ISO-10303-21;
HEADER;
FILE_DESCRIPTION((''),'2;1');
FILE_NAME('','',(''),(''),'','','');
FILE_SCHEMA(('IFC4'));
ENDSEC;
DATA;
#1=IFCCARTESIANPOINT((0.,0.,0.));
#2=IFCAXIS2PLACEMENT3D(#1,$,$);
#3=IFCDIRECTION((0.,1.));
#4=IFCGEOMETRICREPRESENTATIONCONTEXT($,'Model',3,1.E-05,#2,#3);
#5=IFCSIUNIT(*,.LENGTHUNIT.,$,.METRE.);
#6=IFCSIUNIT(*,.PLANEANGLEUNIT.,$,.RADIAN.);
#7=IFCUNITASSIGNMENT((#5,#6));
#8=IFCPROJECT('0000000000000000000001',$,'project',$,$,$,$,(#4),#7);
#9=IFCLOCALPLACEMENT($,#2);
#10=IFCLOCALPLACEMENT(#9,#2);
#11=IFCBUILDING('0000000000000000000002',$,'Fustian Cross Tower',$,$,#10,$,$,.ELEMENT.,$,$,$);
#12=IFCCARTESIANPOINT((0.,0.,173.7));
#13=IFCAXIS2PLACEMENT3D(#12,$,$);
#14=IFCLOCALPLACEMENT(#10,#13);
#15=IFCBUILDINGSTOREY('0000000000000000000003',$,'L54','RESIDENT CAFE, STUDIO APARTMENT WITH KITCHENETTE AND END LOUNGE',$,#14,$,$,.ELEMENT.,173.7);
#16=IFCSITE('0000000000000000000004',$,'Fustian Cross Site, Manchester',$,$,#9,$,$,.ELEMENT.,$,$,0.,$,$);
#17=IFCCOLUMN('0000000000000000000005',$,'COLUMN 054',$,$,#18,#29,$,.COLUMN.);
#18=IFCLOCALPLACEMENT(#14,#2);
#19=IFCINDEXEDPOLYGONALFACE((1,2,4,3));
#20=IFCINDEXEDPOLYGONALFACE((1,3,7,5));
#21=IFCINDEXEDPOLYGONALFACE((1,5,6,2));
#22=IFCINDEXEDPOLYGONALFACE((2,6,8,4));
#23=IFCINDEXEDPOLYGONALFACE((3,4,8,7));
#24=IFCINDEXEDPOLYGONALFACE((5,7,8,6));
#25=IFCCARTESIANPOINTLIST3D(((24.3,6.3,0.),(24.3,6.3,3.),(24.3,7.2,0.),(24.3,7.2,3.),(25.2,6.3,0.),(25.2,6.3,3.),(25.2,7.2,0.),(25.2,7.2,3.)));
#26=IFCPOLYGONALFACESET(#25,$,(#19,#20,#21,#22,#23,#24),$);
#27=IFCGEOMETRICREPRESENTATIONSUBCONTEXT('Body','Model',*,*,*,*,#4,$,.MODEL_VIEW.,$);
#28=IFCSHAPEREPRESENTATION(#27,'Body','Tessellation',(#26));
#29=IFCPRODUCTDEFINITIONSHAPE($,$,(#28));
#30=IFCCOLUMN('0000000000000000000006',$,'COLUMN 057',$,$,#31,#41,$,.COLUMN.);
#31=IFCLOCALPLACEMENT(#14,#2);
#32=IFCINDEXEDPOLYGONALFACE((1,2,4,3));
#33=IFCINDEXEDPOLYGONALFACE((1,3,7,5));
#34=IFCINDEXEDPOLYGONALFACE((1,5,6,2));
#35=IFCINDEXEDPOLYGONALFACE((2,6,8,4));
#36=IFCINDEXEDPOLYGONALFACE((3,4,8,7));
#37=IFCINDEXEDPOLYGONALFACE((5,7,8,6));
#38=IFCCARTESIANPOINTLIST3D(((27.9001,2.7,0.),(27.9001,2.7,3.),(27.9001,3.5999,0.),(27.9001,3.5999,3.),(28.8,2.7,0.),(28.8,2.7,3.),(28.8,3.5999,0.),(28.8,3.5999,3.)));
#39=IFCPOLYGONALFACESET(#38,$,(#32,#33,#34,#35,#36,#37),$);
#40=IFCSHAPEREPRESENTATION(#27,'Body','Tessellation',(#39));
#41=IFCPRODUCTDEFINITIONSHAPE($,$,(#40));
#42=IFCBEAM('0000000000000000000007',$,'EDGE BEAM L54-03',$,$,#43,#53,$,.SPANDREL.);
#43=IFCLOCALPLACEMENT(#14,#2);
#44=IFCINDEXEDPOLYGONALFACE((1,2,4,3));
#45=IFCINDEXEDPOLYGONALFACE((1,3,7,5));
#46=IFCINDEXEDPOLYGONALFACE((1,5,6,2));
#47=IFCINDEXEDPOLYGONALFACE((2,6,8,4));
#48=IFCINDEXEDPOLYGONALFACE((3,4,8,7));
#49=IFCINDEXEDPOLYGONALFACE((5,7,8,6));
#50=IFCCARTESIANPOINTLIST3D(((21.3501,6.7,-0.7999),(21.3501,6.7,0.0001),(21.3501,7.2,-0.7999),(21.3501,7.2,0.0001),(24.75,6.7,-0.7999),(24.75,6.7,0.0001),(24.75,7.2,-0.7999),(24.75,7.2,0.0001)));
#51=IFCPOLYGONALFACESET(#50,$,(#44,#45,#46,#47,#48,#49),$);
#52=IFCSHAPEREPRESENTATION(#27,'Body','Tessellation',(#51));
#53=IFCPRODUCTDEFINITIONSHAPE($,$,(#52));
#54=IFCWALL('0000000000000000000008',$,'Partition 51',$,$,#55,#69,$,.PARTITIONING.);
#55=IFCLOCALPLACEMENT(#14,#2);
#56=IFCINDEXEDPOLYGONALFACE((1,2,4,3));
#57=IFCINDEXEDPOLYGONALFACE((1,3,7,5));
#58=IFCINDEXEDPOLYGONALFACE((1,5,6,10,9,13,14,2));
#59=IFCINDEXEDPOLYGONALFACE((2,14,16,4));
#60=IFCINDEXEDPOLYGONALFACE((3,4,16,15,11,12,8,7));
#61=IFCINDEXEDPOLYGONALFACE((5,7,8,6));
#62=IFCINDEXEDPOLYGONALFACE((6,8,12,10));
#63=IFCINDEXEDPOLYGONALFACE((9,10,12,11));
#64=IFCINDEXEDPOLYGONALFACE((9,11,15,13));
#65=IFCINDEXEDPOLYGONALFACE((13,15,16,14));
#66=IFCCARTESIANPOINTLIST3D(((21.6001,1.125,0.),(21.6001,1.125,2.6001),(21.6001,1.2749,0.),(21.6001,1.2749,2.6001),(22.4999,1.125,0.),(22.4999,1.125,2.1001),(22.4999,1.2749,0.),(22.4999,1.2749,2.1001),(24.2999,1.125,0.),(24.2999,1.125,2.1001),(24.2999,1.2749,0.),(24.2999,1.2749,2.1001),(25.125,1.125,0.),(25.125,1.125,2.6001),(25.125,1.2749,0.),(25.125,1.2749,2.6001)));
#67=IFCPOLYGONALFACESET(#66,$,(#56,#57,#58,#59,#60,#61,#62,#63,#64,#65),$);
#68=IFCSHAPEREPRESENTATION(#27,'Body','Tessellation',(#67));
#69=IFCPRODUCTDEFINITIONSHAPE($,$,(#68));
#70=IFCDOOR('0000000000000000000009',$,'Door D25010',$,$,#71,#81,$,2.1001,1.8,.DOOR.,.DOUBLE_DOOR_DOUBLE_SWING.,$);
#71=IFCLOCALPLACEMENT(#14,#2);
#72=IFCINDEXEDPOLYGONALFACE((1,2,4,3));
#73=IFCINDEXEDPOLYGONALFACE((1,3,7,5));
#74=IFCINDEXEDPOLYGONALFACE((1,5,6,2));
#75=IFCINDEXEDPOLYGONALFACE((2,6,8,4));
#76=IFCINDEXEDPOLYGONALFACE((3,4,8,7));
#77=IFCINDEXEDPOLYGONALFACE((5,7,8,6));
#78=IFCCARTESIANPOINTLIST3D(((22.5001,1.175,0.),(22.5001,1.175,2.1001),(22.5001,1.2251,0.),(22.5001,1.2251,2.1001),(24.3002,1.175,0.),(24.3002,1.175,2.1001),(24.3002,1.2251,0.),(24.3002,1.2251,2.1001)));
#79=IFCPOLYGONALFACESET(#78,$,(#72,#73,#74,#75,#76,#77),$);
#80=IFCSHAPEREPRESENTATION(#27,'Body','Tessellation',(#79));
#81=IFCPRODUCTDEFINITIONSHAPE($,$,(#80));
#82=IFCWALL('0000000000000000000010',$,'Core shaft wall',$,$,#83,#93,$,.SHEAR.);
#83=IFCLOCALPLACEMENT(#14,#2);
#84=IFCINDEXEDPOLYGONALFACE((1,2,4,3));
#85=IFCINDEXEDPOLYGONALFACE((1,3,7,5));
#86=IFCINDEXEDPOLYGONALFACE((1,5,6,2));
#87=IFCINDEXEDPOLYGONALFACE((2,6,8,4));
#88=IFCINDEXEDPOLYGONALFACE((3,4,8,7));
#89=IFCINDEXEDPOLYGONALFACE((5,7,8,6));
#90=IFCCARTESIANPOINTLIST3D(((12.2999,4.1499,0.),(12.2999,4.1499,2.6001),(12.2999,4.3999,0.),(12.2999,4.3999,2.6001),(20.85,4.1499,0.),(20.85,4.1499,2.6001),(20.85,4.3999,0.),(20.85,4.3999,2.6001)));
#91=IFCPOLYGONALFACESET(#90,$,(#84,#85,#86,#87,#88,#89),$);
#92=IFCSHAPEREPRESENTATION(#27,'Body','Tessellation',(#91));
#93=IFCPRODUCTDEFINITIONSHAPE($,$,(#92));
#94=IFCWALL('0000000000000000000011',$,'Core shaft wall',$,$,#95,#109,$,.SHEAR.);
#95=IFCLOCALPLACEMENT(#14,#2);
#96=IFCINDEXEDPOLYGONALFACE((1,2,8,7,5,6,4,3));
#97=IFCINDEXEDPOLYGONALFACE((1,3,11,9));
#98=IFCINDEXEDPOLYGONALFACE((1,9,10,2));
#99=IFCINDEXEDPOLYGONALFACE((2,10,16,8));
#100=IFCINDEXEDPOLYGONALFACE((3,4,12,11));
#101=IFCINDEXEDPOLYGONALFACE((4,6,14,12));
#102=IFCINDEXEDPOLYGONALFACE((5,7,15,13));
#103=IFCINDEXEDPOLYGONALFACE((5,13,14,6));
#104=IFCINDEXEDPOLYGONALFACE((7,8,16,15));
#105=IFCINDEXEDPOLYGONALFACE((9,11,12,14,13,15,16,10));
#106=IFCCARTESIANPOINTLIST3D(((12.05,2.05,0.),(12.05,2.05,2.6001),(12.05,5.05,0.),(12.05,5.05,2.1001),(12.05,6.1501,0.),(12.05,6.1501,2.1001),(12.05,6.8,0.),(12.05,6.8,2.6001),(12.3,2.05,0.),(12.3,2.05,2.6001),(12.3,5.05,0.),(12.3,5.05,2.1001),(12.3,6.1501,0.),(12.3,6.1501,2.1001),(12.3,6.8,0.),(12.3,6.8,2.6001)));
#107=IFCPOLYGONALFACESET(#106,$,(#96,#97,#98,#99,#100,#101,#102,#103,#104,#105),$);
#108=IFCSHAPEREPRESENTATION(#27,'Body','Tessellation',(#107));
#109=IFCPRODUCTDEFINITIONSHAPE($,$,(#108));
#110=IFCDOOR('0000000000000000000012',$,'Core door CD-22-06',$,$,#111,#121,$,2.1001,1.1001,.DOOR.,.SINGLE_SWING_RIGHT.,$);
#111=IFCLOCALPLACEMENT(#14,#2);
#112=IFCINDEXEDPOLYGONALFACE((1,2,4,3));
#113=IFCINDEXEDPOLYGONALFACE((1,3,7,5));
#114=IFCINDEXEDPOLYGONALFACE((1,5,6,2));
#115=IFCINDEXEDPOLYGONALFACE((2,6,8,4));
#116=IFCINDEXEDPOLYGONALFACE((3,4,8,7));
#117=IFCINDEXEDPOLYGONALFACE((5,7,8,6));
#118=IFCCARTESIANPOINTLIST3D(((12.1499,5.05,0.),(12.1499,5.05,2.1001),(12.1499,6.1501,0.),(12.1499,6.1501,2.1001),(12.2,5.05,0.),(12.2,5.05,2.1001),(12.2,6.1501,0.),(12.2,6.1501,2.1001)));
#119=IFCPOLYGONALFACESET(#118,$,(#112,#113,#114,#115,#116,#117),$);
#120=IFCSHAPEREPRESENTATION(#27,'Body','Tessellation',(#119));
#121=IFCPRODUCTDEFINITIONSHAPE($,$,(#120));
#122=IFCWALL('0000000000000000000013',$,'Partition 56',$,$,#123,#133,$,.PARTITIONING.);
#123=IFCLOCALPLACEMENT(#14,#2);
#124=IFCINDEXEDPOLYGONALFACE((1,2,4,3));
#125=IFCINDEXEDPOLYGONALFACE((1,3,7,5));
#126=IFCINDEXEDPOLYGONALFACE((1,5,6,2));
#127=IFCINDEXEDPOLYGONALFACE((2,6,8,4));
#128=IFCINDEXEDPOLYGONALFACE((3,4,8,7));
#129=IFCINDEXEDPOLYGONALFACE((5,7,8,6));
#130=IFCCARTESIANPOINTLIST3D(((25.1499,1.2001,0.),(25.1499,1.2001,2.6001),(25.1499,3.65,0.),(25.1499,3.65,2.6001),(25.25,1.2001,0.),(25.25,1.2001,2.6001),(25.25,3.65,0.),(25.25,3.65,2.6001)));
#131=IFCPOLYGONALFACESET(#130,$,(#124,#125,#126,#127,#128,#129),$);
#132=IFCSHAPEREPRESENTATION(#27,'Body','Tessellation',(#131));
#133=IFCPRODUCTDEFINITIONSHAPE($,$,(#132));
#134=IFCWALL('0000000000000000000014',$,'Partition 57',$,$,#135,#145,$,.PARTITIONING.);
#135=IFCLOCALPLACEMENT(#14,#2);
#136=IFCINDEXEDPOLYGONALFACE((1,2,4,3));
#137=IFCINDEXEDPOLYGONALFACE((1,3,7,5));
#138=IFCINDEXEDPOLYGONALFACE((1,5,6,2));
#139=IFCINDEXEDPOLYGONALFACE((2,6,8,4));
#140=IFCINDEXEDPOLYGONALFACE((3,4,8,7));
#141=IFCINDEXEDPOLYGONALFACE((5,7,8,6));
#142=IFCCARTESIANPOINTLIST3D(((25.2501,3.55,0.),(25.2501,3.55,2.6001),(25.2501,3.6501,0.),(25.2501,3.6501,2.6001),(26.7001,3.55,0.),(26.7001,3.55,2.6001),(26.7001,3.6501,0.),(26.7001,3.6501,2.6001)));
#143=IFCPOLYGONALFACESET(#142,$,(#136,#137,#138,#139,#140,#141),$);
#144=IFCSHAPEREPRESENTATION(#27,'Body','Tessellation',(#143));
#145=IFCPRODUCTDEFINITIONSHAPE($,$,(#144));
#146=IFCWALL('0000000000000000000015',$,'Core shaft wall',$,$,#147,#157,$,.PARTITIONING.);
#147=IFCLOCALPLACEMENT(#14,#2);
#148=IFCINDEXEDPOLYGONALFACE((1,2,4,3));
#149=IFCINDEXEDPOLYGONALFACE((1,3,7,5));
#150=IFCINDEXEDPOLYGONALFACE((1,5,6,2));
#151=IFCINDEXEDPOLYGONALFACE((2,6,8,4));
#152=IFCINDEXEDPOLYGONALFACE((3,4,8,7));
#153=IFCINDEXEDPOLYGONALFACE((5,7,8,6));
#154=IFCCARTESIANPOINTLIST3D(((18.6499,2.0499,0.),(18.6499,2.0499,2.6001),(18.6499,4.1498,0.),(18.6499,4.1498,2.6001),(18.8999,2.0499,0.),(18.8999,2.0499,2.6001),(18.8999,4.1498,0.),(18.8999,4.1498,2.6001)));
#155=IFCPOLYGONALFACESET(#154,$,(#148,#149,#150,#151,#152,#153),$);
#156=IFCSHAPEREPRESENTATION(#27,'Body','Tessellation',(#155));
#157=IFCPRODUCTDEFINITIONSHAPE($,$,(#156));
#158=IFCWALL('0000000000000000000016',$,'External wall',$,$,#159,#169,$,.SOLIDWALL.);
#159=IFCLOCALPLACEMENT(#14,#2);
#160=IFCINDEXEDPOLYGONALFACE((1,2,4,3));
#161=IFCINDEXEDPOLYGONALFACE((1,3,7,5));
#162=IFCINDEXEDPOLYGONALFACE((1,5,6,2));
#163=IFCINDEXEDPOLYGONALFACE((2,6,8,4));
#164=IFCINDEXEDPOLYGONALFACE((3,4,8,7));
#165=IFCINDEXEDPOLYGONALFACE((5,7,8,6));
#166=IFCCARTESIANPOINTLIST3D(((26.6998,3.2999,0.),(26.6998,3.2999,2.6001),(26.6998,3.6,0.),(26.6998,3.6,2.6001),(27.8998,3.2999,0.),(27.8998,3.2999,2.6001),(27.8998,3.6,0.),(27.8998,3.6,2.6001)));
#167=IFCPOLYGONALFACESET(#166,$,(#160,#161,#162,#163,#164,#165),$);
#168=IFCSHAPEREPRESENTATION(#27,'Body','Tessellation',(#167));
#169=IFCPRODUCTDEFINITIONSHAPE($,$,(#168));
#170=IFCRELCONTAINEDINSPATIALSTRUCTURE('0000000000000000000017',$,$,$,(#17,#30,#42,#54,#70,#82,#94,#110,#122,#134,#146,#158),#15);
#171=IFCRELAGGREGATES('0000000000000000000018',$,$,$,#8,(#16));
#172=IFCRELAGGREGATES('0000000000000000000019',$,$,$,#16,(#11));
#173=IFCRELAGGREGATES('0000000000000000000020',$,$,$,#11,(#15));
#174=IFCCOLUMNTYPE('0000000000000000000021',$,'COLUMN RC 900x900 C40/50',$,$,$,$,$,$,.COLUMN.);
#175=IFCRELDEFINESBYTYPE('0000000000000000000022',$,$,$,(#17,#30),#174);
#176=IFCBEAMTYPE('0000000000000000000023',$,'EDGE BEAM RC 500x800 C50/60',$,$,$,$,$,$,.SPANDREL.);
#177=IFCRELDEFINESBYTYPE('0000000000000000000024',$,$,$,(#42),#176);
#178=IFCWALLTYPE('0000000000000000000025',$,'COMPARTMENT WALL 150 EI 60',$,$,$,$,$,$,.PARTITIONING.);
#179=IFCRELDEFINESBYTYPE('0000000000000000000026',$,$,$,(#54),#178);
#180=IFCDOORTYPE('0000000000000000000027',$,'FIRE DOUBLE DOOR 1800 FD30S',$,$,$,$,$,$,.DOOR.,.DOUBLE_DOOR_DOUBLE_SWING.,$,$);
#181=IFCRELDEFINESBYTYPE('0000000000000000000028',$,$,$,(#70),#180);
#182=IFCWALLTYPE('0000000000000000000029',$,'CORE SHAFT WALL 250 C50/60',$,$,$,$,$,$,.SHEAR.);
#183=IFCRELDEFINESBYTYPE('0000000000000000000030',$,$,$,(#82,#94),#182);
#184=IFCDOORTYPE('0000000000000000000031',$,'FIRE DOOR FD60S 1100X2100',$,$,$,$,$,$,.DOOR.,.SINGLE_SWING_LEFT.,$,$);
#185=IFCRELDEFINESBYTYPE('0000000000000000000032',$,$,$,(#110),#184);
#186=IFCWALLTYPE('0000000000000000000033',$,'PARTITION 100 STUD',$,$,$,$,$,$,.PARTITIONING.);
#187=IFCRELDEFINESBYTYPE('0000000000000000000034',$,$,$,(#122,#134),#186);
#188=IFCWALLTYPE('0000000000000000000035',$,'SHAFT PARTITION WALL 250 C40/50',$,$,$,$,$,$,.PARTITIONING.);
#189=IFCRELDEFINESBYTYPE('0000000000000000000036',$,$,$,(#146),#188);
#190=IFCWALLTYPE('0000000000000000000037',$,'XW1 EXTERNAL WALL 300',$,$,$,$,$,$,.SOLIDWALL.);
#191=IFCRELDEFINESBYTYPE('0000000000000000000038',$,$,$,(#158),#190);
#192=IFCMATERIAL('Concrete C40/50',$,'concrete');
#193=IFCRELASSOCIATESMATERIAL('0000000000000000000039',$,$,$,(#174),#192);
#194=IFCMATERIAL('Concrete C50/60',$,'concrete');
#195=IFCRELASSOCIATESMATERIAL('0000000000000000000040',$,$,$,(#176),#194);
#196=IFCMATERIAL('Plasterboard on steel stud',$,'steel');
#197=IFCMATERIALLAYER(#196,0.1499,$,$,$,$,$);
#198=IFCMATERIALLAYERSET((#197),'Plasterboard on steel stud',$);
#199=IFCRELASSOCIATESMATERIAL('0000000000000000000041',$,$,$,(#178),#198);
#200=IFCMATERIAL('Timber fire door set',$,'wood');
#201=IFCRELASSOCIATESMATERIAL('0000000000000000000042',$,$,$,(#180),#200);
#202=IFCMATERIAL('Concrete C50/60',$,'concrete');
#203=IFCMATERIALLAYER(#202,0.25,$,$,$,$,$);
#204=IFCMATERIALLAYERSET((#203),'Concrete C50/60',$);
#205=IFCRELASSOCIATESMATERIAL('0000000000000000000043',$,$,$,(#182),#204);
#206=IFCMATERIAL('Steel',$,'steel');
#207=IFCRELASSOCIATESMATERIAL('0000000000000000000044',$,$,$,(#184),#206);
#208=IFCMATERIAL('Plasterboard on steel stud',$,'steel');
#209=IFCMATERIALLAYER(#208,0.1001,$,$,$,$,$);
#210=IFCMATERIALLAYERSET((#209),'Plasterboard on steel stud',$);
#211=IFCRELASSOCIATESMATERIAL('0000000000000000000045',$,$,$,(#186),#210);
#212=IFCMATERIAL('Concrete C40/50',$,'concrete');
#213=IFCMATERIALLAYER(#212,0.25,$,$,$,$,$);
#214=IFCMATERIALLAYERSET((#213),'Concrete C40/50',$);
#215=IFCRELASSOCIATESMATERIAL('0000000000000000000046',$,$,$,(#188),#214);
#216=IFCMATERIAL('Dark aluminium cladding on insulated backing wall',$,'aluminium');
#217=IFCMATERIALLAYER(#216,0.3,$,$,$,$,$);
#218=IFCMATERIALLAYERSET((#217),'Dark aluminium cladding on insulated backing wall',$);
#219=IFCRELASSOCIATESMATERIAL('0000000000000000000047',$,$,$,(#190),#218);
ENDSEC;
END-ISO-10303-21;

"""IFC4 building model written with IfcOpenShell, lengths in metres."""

from ifc_helpers import new_model, si_unit, direction, frame, frame_2d, origin, origin_2d, place, context, subcontext, project, spatial, rectangle, extrude, material, layer, layer_set, material_profile, profile_set, type_object, element, fill, save


model = new_model("IFC4")

# Units and contexts
model_context = context("Model", 3, precision=1e-05, world=origin(), true_north=direction((0.0, 1.0)))
body_context = subcontext(model_context, "Body", "Model", "MODEL_VIEW")
ifc_project = project(units=[si_unit("LENGTHUNIT", "METRE"), si_unit("PLANEANGLEUNIT", "RADIAN")], contexts=[model_context])

# Site, building, storey
site_placement = place(None, origin())
site = spatial("IfcSite", under=ifc_project, at=site_placement, Name="Fustian Cross Site, Manchester", CompositionType="ELEMENT", RefElevation=0.0)
building_placement = place(site_placement, origin())
building = spatial("IfcBuilding", under=site, at=building_placement, Name="Fustian Cross Tower", CompositionType="ELEMENT")
storey_placement = place(building_placement, frame((0.0, 0.0, 173.7)))
storey = spatial("IfcBuildingStorey", under=building, at=storey_placement, Name="L54", Description="RESIDENT CAFE, STUDIO APARTMENT WITH KITCHENETTE AND END LOUNGE", CompositionType="ELEMENT", Elevation=173.7)

# Columns
ifc_material_1 = material(Name="Concrete C40/50", Category="concrete")
ifc_material_profile_1 = material_profile(ifc_material_1, rectangle(XDim=0.8999, YDim=0.8999, at=origin_2d()), Name="RC 900x900")
ifc_profile_set_1 = profile_set([ifc_material_profile_1], Name="Concrete C40/50")
column_type = type_object("IfcColumnType", Name="COLUMN RC 900x900 C40/50", PredefinedType="COLUMN", material=ifc_profile_set_1)
for number, where, z_axis, x_axis, name in (
    (1, (24.75, 6.75, 0.0), (0.0, 0.0, 1.0), (1.0, 0.0, 0.0), "COLUMN 054"),
    (2, (28.3501, 3.1499, 0.0), (0.0, 0.0, 1.0), (1.0, 0.0, 0.0), "COLUMN 057"),
):
    element("IfcColumn", number, at=place(storey_placement, frame(where, z_axis=z_axis, x_axis=x_axis)), inside=storey, type_object=column_type, Name=name, PredefinedType="COLUMN", context=body_context, shape_type="SweptSolid", body=[
        extrude(rectangle(XDim=0.8999, YDim=0.8999, at=origin_2d()), origin(), (0.0, 0.0, 1.0), 3.0),
    ])

# Beam
ifc_material_2 = material(Name="Concrete C50/60", Category="concrete")
ifc_material_profile_2 = material_profile(ifc_material_2, rectangle(XDim=0.5, YDim=0.8, at=origin_2d()), Name="RC 500x800")
ifc_profile_set_2 = profile_set([ifc_material_profile_2], Name="Concrete C50/60")
beam_type = type_object("IfcBeamType", Name="EDGE BEAM RC 500x800 C50/60", PredefinedType="SPANDREL", material=ifc_profile_set_2)
beam_placement = place(storey_placement, frame((24.75, 6.95, -0.3999), z_axis=(-1.0, 0.0, 0.0), x_axis=(0.0, -1.0, 0.0)))
element("IfcBeam", 3, at=beam_placement, inside=storey, type_object=beam_type, Name="EDGE BEAM L54-03", PredefinedType="SPANDREL", context=body_context, shape_type="SweptSolid", body=[
    extrude(rectangle(XDim=0.5, YDim=0.8, at=origin_2d()), origin(), (0.0, 0.0, 1.0), 3.3999),
])

# Wall, opening, door
ifc_material_3 = material(Name="Plasterboard on steel stud", Category="steel")
ifc_layer_1 = layer(ifc_material_3, 0.1499)
ifc_layer_set_1 = layer_set([ifc_layer_1], Name="Plasterboard on steel stud")
wall_type_1 = type_object("IfcWallType", Name="COMPARTMENT WALL 150 EI 60", PredefinedType="PARTITIONING", material=ifc_layer_set_1)
wall_1_placement = place(storey_placement, frame((21.6001, 1.2, 0.0), z_axis=(0.0, 0.0, 1.0), x_axis=(1.0, 0.0, 0.0)))
wall_1 = element("IfcWall", 4, at=wall_1_placement, inside=storey, type_object=wall_type_1, Name="Partition 51", PredefinedType="PARTITIONING", context=body_context, shape_type="SweptSolid", body=[
    extrude(rectangle(XDim=3.5249, YDim=0.1499, at=frame_2d((1.7625, 0.0))), origin(), (0.0, 0.0, 1.0), 2.6001),
])
opening_1_placement = place(wall_1_placement, frame((0.8999, 0.0, 0.0)))
opening_1 = element("IfcOpeningElement", 5, at=opening_1_placement, cuts=wall_1, PredefinedType="OPENING", context=body_context, shape_type="SweptSolid", body=[
    extrude(rectangle(XDim=1.8, YDim=2.1001, at=frame_2d((0.8999, 1.05))), frame((0.0, 0.085, 0.0), z_axis=(0.0, -1.0, 0.0), x_axis=(1.0, 0.0, 0.0)), (0.0, 0.0, 1.0), 0.1699),
])
ifc_material_4 = material(Name="Timber fire door set", Category="wood")
door_type_1 = type_object("IfcDoorType", Name="FIRE DOUBLE DOOR 1800 FD30S", OperationType="DOUBLE_DOOR_DOUBLE_SWING", PredefinedType="DOOR", material=ifc_material_4)
door_1_placement = place(opening_1_placement, frame((1.8, 0.0, 0.0), z_axis=(0.0, 0.0, 1.0), x_axis=(-1.0, 0.0, 0.0)))
door_1 = element("IfcDoor", 6, at=door_1_placement, inside=storey, type_object=door_type_1, Name="Door D25010", OperationType="DOUBLE_DOOR_DOUBLE_SWING", OverallHeight=2.1001, OverallWidth=1.8, PredefinedType="DOOR", context=body_context, shape_type="SweptSolid", body=[
    extrude(rectangle(XDim=1.8, YDim=2.1001, at=frame_2d((0.8999, 1.05))), frame((0.0, 0.0249, 0.0), z_axis=(0.0, -1.0, 0.0), x_axis=(1.0, 0.0, 0.0)), (0.0, 0.0, 1.0), 0.05),
])
fill(opening_1, door_1)

# Wall
ifc_material_5 = material(Name="Concrete C50/60", Category="concrete")
ifc_layer_2 = layer(ifc_material_5, 0.25)
ifc_layer_set_2 = layer_set([ifc_layer_2], Name="Concrete C50/60")
wall_type_2 = type_object("IfcWallType", Name="CORE SHAFT WALL 250 C50/60", PredefinedType="SHEAR", material=ifc_layer_set_2)
wall_2_placement = place(storey_placement, frame((12.3, 4.2749, 0.0), z_axis=(0.0, 0.0, 1.0), x_axis=(1.0, 0.0, 0.0)))
element("IfcWall", 7, at=wall_2_placement, inside=storey, type_object=wall_type_2, Name="Core shaft wall", PredefinedType="SHEAR", context=body_context, shape_type="SweptSolid", body=[
    extrude(rectangle(XDim=8.55, YDim=0.25, at=frame_2d((4.2749, 0.0))), origin(), (0.0, 0.0, 1.0), 2.6001),
])

# Wall, opening, door
wall_3_placement = place(storey_placement, frame((12.175, 2.05, 0.0), z_axis=(0.0, 0.0, 1.0), x_axis=(0.0, 1.0, 0.0)))
wall_3 = element("IfcWall", 8, at=wall_3_placement, inside=storey, type_object=wall_type_2, Name="Core shaft wall", PredefinedType="SHEAR", context=body_context, shape_type="SweptSolid", body=[
    extrude(rectangle(XDim=4.75, YDim=0.25, at=frame_2d((2.375, 0.0))), origin(), (0.0, 0.0, 1.0), 2.6001),
])
opening_2_placement = place(wall_3_placement, frame((3.0, 0.0, 0.0)))
opening_2 = element("IfcOpeningElement", 9, at=opening_2_placement, cuts=wall_3, PredefinedType="OPENING", context=body_context, shape_type="SweptSolid", body=[
    extrude(rectangle(XDim=1.1001, YDim=2.1001, at=frame_2d((0.55, 1.05))), frame((0.0, 0.135, 0.0), z_axis=(0.0, -1.0, 0.0), x_axis=(1.0, 0.0, 0.0)), (0.0, 0.0, 1.0), 0.27),
])
ifc_material_6 = material(Name="Steel", Category="steel")
door_type_2 = type_object("IfcDoorType", Name="FIRE DOOR FD60S 1100X2100", OperationType="SINGLE_SWING_LEFT", PredefinedType="DOOR", material=ifc_material_6)
door_2_placement = place(opening_2_placement, frame((1.1001, 0.0, 0.0), z_axis=(0.0, 0.0, 1.0), x_axis=(-1.0, 0.0, 0.0)))
door_2 = element("IfcDoor", 10, at=door_2_placement, inside=storey, type_object=door_type_2, Name="Core door CD-22-06", OperationType="SINGLE_SWING_RIGHT", OverallHeight=2.1001, OverallWidth=1.1001, PredefinedType="DOOR", context=body_context, shape_type="SweptSolid", body=[
    extrude(rectangle(XDim=1.1001, YDim=2.1001, at=frame_2d((0.55, 1.05))), frame((0.0, 0.0249, 0.0), z_axis=(0.0, -1.0, 0.0), x_axis=(1.0, 0.0, 0.0)), (0.0, 0.0, 1.0), 0.05),
])
fill(opening_2, door_2)

# Walls
ifc_material_7 = material(Name="Plasterboard on steel stud", Category="steel")
ifc_layer_3 = layer(ifc_material_7, 0.1001)
ifc_layer_set_3 = layer_set([ifc_layer_3], Name="Plasterboard on steel stud")
wall_type_3 = type_object("IfcWallType", Name="PARTITION 100 STUD", PredefinedType="PARTITIONING", material=ifc_layer_set_3)
wall_4_placement = place(storey_placement, frame((25.2, 1.2, 0.0), z_axis=(0.0, 0.0, 1.0), x_axis=(0.0, 1.0, 0.0)))
element("IfcWall", 11, at=wall_4_placement, inside=storey, type_object=wall_type_3, Name="Partition 56", PredefinedType="PARTITIONING", context=body_context, shape_type="SweptSolid", body=[
    extrude(rectangle(XDim=2.45, YDim=0.1001, at=frame_2d((1.2251, 0.0))), origin(), (0.0, 0.0, 1.0), 2.6001),
])
wall_5_placement = place(storey_placement, frame((25.25, 3.6001, 0.0), z_axis=(0.0, 0.0, 1.0), x_axis=(1.0, 0.0, 0.0)))
element("IfcWall", 12, at=wall_5_placement, inside=storey, type_object=wall_type_3, Name="Partition 57", PredefinedType="PARTITIONING", context=body_context, shape_type="SweptSolid", body=[
    extrude(rectangle(XDim=1.45, YDim=0.1001, at=frame_2d((0.7251, 0.0))), origin(), (0.0, 0.0, 1.0), 2.6001),
])
ifc_material_8 = material(Name="Concrete C40/50", Category="concrete")
ifc_layer_4 = layer(ifc_material_8, 0.25)
ifc_layer_set_4 = layer_set([ifc_layer_4], Name="Concrete C40/50")
wall_type_4 = type_object("IfcWallType", Name="SHAFT PARTITION WALL 250 C40/50", PredefinedType="PARTITIONING", material=ifc_layer_set_4)
wall_6_placement = place(storey_placement, frame((18.7749, 2.05, 0.0), z_axis=(0.0, 0.0, 1.0), x_axis=(0.0, 1.0, 0.0)))
element("IfcWall", 13, at=wall_6_placement, inside=storey, type_object=wall_type_4, Name="Core shaft wall", PredefinedType="PARTITIONING", context=body_context, shape_type="SweptSolid", body=[
    extrude(rectangle(XDim=2.0999, YDim=0.25, at=frame_2d((1.0498, 0.0))), origin(), (0.0, 0.0, 1.0), 2.6001),
])
ifc_material_9 = material(Name="Dark aluminium cladding on insulated backing wall", Category="aluminium")
ifc_layer_5 = layer(ifc_material_9, 0.3)
ifc_layer_set_5 = layer_set([ifc_layer_5], Name="Dark aluminium cladding on insulated backing wall")
wall_type_5 = type_object("IfcWallType", Name="XW1 EXTERNAL WALL 300", PredefinedType="SOLIDWALL", material=ifc_layer_set_5)
wall_7_placement = place(storey_placement, frame((27.8999, 3.45, 0.0), z_axis=(0.0, 0.0, 1.0), x_axis=(-1.0, 0.0, 0.0)))
element("IfcWall", 14, at=wall_7_placement, inside=storey, type_object=wall_type_5, Name="External wall", PredefinedType="SOLIDWALL", context=body_context, shape_type="SweptSolid", body=[
    extrude(rectangle(XDim=1.2, YDim=0.3, at=frame_2d((0.6001, 0.0))), origin(), (0.0, 0.0, 1.0), 2.6001),
])

save(model, "model.ifc")
